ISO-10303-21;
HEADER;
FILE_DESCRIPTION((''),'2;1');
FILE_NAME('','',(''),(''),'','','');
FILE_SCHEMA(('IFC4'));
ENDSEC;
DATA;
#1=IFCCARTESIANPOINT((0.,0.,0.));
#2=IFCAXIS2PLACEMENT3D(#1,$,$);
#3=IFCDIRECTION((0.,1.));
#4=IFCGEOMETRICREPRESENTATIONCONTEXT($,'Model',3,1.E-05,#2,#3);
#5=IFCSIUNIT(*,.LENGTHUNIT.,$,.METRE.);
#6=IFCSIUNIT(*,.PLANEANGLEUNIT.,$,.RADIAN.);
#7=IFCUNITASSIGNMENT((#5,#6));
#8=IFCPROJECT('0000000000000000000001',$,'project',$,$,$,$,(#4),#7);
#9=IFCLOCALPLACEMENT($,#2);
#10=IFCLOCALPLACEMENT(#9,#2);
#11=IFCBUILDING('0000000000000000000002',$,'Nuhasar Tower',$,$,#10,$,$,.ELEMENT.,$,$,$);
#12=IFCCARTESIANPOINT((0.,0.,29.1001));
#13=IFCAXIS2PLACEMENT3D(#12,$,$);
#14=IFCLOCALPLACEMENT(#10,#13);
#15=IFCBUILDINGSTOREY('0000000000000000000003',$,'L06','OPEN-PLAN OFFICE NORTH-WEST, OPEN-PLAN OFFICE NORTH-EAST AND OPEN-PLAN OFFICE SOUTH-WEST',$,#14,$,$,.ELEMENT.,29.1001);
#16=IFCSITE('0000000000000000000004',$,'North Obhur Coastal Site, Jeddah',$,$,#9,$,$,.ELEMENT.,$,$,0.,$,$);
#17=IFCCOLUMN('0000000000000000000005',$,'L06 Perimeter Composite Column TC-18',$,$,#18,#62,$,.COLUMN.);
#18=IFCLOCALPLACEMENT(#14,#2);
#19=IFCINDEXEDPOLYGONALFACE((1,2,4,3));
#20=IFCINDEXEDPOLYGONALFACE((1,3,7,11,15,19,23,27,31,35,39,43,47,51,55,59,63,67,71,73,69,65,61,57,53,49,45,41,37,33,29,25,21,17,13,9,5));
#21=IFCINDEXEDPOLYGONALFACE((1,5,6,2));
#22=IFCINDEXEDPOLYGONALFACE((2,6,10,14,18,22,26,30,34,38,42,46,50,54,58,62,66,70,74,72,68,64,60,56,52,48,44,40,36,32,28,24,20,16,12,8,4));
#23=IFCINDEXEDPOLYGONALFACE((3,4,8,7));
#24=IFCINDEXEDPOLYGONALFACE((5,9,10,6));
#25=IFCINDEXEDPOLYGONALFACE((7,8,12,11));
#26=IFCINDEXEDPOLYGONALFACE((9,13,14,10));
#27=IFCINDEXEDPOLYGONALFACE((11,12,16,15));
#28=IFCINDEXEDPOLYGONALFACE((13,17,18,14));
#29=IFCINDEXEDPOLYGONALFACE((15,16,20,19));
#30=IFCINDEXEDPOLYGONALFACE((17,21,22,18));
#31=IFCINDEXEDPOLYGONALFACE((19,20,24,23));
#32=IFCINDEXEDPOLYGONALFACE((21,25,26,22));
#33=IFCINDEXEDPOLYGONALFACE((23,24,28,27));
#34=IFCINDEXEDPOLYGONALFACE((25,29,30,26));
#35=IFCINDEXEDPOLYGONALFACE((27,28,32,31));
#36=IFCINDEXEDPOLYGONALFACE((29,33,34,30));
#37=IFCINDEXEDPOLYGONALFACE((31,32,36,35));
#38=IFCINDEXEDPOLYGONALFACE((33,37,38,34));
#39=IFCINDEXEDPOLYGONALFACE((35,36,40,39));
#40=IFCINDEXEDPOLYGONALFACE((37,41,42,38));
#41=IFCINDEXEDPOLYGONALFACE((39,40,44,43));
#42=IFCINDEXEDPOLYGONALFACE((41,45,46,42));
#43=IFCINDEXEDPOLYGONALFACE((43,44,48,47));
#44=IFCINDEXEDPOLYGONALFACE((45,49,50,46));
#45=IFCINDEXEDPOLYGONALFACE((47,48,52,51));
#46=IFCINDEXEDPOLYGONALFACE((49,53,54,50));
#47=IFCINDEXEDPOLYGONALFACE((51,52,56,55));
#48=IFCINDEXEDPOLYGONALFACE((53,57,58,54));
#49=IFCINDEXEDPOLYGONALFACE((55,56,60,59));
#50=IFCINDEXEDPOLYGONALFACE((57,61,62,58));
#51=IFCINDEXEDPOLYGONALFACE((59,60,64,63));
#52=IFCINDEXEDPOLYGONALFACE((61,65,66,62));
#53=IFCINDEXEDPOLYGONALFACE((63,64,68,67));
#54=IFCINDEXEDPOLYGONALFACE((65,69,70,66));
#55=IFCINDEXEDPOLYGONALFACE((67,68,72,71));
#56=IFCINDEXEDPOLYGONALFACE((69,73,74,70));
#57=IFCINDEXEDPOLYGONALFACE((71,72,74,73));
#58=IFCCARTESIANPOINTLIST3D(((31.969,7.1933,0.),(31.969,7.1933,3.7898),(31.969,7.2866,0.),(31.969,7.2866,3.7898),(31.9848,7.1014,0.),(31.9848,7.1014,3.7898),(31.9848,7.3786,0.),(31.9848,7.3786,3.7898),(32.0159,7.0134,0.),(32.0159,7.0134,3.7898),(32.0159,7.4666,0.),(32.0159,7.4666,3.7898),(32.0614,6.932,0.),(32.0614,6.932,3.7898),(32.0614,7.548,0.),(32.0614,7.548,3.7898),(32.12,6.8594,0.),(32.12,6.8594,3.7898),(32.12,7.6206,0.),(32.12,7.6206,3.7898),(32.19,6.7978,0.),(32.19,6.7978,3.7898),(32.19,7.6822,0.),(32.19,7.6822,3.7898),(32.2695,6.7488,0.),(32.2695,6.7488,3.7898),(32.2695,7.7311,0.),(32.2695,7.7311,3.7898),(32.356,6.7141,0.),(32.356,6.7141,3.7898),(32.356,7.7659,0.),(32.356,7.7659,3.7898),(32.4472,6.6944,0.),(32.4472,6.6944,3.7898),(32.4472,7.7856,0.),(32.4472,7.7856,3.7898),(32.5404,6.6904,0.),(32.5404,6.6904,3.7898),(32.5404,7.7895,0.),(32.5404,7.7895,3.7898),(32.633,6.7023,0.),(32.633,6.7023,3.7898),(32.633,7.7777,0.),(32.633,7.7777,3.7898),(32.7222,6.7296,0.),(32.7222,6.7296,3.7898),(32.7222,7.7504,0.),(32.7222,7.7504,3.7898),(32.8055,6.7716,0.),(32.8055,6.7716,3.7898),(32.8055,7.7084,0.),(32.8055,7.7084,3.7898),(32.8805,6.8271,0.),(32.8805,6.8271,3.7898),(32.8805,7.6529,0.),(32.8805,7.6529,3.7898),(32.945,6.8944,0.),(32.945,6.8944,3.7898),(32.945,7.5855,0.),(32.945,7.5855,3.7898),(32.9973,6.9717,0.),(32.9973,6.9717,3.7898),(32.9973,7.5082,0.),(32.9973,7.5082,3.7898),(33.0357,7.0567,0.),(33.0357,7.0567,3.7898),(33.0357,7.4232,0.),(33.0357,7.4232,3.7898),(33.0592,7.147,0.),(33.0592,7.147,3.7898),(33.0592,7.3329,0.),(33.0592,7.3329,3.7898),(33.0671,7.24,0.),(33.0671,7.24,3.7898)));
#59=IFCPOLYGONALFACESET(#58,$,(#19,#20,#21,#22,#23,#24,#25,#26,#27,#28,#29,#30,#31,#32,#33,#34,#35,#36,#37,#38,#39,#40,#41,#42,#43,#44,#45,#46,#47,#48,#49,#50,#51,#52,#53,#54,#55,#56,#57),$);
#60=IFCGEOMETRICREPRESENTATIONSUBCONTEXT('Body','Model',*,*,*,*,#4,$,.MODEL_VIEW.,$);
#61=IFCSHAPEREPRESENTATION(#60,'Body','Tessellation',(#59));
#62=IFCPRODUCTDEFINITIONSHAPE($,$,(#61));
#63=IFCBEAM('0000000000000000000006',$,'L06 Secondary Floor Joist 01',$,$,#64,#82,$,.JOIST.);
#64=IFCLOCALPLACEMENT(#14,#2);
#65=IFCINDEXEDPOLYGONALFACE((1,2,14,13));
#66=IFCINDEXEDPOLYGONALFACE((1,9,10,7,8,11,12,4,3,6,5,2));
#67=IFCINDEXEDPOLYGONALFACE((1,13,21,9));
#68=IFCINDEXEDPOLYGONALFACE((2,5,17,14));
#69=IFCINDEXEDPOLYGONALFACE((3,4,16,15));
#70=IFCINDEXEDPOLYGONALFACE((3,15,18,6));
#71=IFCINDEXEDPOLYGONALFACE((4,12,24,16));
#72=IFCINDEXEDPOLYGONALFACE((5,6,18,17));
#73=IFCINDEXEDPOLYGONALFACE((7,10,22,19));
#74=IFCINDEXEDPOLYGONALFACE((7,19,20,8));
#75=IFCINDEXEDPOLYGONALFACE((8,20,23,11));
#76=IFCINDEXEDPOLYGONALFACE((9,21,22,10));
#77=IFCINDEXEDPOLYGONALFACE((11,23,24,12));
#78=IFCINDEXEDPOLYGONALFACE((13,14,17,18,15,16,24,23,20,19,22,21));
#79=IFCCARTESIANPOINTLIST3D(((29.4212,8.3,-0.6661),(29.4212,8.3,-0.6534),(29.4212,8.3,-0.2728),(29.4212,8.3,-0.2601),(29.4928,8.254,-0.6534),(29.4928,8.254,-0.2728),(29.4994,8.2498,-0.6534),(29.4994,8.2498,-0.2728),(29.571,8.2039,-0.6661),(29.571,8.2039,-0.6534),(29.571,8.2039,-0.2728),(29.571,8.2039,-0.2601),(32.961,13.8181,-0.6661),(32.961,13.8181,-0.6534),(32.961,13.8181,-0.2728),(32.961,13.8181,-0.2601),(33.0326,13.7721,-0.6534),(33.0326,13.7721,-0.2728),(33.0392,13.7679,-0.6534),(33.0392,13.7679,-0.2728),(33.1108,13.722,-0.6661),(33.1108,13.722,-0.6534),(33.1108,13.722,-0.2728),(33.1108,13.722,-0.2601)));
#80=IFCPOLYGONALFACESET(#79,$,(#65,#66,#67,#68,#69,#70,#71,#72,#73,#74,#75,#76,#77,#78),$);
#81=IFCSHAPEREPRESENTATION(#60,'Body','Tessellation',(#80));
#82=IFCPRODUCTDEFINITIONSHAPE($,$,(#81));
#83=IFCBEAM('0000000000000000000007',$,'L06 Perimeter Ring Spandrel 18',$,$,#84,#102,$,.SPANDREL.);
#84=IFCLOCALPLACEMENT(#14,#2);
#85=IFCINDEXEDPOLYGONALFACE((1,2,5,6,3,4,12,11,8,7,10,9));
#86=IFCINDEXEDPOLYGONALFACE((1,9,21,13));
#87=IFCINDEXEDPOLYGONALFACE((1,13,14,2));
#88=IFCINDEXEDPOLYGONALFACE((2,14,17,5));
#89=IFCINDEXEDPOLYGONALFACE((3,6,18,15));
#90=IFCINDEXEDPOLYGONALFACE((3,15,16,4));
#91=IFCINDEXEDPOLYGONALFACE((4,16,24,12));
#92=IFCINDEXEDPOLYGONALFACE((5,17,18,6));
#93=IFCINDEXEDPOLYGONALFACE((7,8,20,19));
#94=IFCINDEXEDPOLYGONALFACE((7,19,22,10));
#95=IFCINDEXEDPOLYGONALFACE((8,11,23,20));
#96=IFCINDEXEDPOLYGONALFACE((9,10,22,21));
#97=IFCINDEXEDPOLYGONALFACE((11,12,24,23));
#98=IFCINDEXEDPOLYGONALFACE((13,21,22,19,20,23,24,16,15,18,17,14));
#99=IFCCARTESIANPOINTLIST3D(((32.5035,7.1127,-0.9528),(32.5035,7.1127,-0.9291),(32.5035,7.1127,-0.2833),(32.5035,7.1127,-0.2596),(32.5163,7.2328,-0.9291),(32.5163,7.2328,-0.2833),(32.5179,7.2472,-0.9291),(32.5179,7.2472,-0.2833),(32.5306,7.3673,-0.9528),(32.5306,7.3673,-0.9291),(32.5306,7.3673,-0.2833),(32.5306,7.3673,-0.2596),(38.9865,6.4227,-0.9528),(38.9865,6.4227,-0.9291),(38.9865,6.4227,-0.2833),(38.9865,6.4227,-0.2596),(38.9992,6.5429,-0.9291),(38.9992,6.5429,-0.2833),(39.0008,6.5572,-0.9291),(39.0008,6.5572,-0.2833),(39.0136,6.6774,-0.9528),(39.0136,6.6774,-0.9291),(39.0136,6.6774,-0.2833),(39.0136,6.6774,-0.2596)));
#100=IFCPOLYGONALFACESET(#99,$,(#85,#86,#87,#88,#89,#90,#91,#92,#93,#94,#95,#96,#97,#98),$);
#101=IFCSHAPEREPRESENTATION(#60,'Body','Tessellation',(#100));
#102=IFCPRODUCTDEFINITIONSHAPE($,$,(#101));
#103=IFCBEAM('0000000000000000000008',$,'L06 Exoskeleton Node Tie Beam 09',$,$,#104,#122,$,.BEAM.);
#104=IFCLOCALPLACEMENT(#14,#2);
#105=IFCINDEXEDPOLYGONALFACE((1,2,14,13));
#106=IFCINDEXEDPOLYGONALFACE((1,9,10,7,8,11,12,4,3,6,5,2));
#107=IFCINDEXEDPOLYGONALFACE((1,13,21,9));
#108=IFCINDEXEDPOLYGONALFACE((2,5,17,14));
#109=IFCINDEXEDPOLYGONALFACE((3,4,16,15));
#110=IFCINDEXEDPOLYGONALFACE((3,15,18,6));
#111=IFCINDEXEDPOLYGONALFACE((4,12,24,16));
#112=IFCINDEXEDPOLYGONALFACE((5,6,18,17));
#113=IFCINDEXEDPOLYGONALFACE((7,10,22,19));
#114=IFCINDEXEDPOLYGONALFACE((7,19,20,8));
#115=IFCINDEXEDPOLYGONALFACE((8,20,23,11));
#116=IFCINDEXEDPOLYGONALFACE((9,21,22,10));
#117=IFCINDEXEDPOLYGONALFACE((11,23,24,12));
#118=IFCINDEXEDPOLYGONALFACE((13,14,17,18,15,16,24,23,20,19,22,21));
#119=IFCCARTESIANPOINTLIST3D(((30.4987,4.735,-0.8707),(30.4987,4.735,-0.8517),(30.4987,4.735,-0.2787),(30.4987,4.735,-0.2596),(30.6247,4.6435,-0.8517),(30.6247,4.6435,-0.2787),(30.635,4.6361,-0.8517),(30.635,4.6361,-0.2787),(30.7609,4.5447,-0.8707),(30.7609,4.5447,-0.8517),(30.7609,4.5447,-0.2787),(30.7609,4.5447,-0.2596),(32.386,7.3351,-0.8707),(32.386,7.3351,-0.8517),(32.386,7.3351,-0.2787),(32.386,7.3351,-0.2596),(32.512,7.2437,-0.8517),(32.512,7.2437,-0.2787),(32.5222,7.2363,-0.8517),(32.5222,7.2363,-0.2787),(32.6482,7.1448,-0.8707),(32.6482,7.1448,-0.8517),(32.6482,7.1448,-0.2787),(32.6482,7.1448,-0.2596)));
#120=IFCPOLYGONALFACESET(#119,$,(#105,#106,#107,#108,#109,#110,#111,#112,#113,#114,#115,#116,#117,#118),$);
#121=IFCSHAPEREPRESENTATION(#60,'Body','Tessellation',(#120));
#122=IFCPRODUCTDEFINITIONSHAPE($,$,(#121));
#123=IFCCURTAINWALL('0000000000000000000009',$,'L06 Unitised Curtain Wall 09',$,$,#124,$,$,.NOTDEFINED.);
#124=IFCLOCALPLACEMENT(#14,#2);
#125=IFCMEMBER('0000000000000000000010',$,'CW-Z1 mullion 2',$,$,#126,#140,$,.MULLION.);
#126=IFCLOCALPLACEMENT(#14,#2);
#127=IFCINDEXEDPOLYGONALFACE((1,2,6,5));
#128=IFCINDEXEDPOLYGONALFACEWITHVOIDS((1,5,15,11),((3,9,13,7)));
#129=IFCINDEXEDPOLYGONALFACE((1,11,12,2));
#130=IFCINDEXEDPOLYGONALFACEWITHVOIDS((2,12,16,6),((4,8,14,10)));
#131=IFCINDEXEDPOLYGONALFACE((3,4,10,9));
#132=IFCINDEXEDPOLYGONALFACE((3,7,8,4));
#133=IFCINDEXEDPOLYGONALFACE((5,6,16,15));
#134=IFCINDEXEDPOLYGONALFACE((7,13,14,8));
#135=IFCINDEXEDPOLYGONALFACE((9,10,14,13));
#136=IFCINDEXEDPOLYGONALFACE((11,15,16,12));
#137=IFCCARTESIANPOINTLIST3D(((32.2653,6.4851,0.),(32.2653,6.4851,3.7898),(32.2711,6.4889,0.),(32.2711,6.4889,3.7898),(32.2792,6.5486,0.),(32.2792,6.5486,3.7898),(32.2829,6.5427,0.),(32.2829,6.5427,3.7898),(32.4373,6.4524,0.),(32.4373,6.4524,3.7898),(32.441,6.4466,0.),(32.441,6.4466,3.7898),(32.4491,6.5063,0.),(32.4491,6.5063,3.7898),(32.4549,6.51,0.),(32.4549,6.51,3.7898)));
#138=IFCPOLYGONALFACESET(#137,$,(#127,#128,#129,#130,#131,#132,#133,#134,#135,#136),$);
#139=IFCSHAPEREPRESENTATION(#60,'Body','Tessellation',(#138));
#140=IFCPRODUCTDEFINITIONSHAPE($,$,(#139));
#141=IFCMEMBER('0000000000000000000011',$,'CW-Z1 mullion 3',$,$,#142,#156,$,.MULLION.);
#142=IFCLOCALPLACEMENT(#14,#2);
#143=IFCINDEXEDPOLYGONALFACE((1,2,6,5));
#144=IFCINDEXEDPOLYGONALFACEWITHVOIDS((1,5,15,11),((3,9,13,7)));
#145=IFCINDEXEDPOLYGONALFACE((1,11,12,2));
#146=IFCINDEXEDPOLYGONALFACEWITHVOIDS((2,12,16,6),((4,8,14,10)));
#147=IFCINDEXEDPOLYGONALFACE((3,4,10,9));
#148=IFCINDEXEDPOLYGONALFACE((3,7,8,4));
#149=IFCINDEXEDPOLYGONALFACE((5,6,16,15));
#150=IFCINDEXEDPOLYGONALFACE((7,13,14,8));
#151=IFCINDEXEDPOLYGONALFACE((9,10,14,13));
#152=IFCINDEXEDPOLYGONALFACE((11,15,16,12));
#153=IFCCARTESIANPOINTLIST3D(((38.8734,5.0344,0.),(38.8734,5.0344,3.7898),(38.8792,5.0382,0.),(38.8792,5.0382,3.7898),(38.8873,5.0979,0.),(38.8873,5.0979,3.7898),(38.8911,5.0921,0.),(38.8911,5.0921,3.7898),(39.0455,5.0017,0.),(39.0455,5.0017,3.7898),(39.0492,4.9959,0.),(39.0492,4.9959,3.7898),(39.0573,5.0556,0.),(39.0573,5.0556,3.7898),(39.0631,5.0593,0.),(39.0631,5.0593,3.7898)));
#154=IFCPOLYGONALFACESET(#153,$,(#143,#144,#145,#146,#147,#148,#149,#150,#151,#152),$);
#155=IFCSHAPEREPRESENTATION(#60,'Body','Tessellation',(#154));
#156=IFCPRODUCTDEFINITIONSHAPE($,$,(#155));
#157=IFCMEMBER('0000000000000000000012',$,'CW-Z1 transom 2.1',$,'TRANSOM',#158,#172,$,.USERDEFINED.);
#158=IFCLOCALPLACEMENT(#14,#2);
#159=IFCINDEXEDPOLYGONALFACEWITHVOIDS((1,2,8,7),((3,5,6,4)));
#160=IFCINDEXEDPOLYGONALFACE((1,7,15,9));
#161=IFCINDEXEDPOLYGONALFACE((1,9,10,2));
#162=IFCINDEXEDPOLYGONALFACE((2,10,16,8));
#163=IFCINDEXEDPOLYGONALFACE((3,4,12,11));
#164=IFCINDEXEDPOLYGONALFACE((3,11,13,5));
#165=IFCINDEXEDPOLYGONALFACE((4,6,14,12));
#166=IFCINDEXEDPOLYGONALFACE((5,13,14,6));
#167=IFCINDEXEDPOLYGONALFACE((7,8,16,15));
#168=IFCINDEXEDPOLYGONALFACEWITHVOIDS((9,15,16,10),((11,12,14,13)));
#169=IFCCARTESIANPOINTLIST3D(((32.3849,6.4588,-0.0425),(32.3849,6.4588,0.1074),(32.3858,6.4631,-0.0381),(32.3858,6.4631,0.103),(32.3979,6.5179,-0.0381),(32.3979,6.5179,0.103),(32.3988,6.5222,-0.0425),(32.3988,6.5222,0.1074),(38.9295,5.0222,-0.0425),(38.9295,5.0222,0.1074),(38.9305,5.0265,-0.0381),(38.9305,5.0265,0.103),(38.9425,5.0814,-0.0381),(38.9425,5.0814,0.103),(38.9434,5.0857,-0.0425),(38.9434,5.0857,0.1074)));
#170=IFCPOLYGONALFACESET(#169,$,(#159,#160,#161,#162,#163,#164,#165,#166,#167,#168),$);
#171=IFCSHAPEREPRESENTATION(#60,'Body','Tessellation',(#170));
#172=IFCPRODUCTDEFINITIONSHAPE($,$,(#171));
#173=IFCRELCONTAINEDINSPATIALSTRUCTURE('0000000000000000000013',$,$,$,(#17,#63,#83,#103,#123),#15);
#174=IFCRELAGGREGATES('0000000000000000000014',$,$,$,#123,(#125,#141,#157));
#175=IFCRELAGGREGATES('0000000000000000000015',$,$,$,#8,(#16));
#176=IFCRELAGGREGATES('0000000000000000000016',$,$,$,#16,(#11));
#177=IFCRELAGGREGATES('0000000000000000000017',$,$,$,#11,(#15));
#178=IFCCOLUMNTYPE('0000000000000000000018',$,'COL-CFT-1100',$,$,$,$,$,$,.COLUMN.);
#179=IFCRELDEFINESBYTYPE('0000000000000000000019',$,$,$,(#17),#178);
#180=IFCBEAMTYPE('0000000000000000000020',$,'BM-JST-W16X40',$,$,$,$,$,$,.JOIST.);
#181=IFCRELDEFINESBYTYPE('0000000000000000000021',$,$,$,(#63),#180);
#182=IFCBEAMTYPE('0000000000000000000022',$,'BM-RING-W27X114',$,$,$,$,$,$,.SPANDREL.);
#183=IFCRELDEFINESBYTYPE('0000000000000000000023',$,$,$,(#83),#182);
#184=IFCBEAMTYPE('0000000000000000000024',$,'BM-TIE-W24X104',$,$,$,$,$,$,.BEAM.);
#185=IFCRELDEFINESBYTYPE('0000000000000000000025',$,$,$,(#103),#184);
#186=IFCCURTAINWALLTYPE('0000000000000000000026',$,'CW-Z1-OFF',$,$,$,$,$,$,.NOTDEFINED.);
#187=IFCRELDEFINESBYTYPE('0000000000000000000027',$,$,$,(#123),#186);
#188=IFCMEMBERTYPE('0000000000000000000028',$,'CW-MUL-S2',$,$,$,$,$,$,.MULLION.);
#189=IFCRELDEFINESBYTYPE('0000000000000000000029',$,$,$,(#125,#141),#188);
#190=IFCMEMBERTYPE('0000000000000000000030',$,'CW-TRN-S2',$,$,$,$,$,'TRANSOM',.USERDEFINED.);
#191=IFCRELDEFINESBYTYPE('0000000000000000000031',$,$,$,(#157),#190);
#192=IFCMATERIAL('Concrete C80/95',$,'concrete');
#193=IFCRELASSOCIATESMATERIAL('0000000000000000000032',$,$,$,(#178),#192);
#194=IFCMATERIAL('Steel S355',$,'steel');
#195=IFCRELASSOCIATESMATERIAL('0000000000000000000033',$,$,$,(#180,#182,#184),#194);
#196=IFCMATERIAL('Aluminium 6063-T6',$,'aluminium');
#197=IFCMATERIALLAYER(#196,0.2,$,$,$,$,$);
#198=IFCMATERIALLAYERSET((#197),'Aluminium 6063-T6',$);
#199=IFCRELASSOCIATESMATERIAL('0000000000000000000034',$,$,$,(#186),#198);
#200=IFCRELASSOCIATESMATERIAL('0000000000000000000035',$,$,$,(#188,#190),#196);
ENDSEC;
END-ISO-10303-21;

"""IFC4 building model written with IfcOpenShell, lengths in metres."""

from ifc_helpers import new_model, si_unit, direction, frame, origin, origin_2d, place, context, subcontext, project, spatial, hollow_rectangle, circle, i_section, extrude, material, layer, layer_set, material_profile, profile_set, type_object, element, aggregate, save


model = new_model("IFC4")

# Units and contexts
model_context = context("Model", 3, precision=1e-05, world=origin(), true_north=direction((0.0, 1.0)))
body_context = subcontext(model_context, "Body", "Model", "MODEL_VIEW")
ifc_project = project(units=[si_unit("LENGTHUNIT", "METRE"), si_unit("PLANEANGLEUNIT", "RADIAN")], contexts=[model_context])

# Site, building, storey
site_placement = place(None, origin())
site = spatial("IfcSite", under=ifc_project, at=site_placement, Name="North Obhur Coastal Site, Jeddah", CompositionType="ELEMENT", RefElevation=0.0)
building_placement = place(site_placement, origin())
building = spatial("IfcBuilding", under=site, at=building_placement, Name="Nuhasar Tower", CompositionType="ELEMENT")
storey_placement = place(building_placement, frame((0.0, 0.0, 29.1001)))
storey = spatial("IfcBuildingStorey", under=building, at=storey_placement, Name="L06", Description="OPEN-PLAN OFFICE NORTH-WEST, OPEN-PLAN OFFICE NORTH-EAST AND OPEN-PLAN OFFICE SOUTH-WEST", CompositionType="ELEMENT", Elevation=29.1001)

# Column
ifc_material_1 = material(Name="Concrete C80/95", Category="concrete")
ifc_material_profile_1 = material_profile(ifc_material_1, circle(Radius=0.55, at=origin_2d()), Name="CFT1100")
ifc_profile_set_1 = profile_set([ifc_material_profile_1], Name="Concrete C80/95")
column_type = type_object("IfcColumnType", Name="COL-CFT-1100", PredefinedType="COLUMN", material=ifc_profile_set_1)
column_placement = place(storey_placement, frame((32.5171, 7.24, 0.0), z_axis=(0.0, 0.0, 1.0), x_axis=(1.0, 0.0, 0.0)))
element("IfcColumn", 1, at=column_placement, inside=storey, type_object=column_type, Name="L06 Perimeter Composite Column TC-18", PredefinedType="COLUMN", context=body_context, shape_type="SweptSolid", body=[
    extrude(circle(Radius=0.55, at=origin_2d()), origin(), (0.0, 0.0, 1.0), 3.7898),
])

# Beams
ifc_material_2 = material(Name="Steel S355", Category="steel")
ifc_material_profile_2 = material_profile(ifc_material_2, i_section(OverallWidth=0.178, OverallDepth=0.406, WebThickness=0.0078, FlangeThickness=0.0127, at=origin_2d()), Name="W16X40")
ifc_profile_set_2 = profile_set([ifc_material_profile_2], Name="Steel S355")
beam_type_1 = type_object("IfcBeamType", Name="BM-JST-W16X40", PredefinedType="JOIST", material=ifc_profile_set_2)
beam_1_placement = place(storey_placement, frame((33.0359, 13.77, -0.4631), z_axis=(-0.539944, -0.841701, 0.0), x_axis=(0.841701, -0.539944, 0.0)))
element("IfcBeam", 2, at=beam_1_placement, inside=storey, type_object=beam_type_1, Name="L06 Secondary Floor Joist 01", PredefinedType="JOIST", context=body_context, shape_type="SweptSolid", body=[
    extrude(i_section(OverallWidth=0.178, OverallDepth=0.406, WebThickness=0.0078, FlangeThickness=0.0127, at=origin_2d()), origin(), (0.0, 0.0, 1.0), 6.5559),
])
ifc_material_profile_3 = material_profile(ifc_material_2, i_section(OverallWidth=0.2561, OverallDepth=0.6931, WebThickness=0.0144, FlangeThickness=0.0237, at=origin_2d()), Name="W27X114")
ifc_profile_set_3 = profile_set([ifc_material_profile_3], Name="Steel S355")
beam_type_2 = type_object("IfcBeamType", Name="BM-RING-W27X114", PredefinedType="SPANDREL", material=ifc_profile_set_3)
beam_2_placement = place(storey_placement, frame((32.5171, 7.24, -0.6062), z_axis=(0.994385, -0.105827, 0.0), x_axis=(0.105827, 0.994385, 0.0)))
element("IfcBeam", 3, at=beam_2_placement, inside=storey, type_object=beam_type_2, Name="L06 Perimeter Ring Spandrel 18", PredefinedType="SPANDREL", context=body_context, shape_type="SweptSolid", body=[
    extrude(i_section(OverallWidth=0.2561, OverallDepth=0.6931, WebThickness=0.0144, FlangeThickness=0.0237, at=origin_2d()), origin(), (0.0, 0.0, 1.0), 6.5195),
])
ifc_material_profile_4 = material_profile(ifc_material_2, i_section(OverallWidth=0.324, OverallDepth=0.6111, WebThickness=0.0127, FlangeThickness=0.019, at=origin_2d()), Name="W24X104")
ifc_profile_set_4 = profile_set([ifc_material_profile_4], Name="Steel S355")
beam_type_3 = type_object("IfcBeamType", Name="BM-TIE-W24X104", PredefinedType="BEAM", material=ifc_profile_set_4)
beam_3_placement = place(storey_placement, frame((32.5171, 7.24, -0.5652), z_axis=(-0.587403, -0.809294, 0.0), x_axis=(0.809294, -0.587403, 0.0)))
element("IfcBeam", 4, at=beam_3_placement, inside=storey, type_object=beam_type_3, Name="L06 Exoskeleton Node Tie Beam 09", PredefinedType="BEAM", context=body_context, shape_type="SweptSolid", body=[
    extrude(i_section(OverallWidth=0.324, OverallDepth=0.6111, WebThickness=0.0127, FlangeThickness=0.019, at=origin_2d()), origin(), (0.0, 0.0, 1.0), 3.2129),
])

# Curtain wall, members
ifc_material_3 = material(Name="Aluminium 6063-T6", Category="aluminium")
ifc_layer_1 = layer(ifc_material_3, 0.2)
ifc_layer_set_1 = layer_set([ifc_layer_1], Name="Aluminium 6063-T6")
curtain_wall_type = type_object("IfcCurtainWallType", Name="CW-Z1-OFF", PredefinedType="NOTDEFINED", material=ifc_layer_set_1)
curtain_wall_placement = place(storey_placement, origin())
curtain_wall = element("IfcCurtainWall", 5, at=curtain_wall_placement, inside=storey, type_object=curtain_wall_type, Name="L06 Unitised Curtain Wall 09", PredefinedType="NOTDEFINED")
ifc_material_profile_5 = material_profile(ifc_material_3, hollow_rectangle(XDim=0.0649, YDim=0.1799, WallThickness=0.0049, at=origin_2d()), Name="CWM-2")
ifc_profile_set_5 = profile_set([ifc_material_profile_5], Name="Aluminium 6063-T6")
member_type_1 = type_object("IfcMemberType", Name="CW-MUL-S2", PredefinedType="MULLION", material=ifc_profile_set_5)
member_1_placement = place(storey_placement, frame((32.3601, 6.4976, 0.0), z_axis=(0.0, 0.0, 1.0), x_axis=(0.214399, 0.976746, 0.0)))
member_1 = element("IfcMember", 6, at=member_1_placement, type_object=member_type_1, Name="CW-Z1 mullion 2", PredefinedType="MULLION", context=body_context, shape_type="SweptSolid", body=[
    extrude(hollow_rectangle(XDim=0.0649, YDim=0.1799, WallThickness=0.0049, at=origin_2d()), origin(), (0.0, 0.0, 1.0), 3.7898),
])
member_2_placement = place(storey_placement, frame((38.9683, 5.0469, 0.0), z_axis=(0.0, 0.0, 1.0), x_axis=(0.214399, 0.976746, 0.0)))
member_2 = element("IfcMember", 7, at=member_2_placement, type_object=member_type_1, Name="CW-Z1 mullion 3", PredefinedType="MULLION", context=body_context, shape_type="SweptSolid", body=[
    extrude(hollow_rectangle(XDim=0.0649, YDim=0.1799, WallThickness=0.0049, at=origin_2d()), origin(), (0.0, 0.0, 1.0), 3.7898),
])
ifc_material_profile_6 = material_profile(ifc_material_3, hollow_rectangle(XDim=0.0649, YDim=0.1499, WallThickness=0.0044, at=origin_2d()), Name="CWT-2")
ifc_profile_set_6 = profile_set([ifc_material_profile_6], Name="Aluminium 6063-T6")
member_type_2 = type_object("IfcMemberType", Name="CW-TRN-S2", ElementType="TRANSOM", PredefinedType="USERDEFINED", material=ifc_profile_set_6)
member_3_placement = place(storey_placement, frame((32.3918, 6.4905, 0.0325), z_axis=(0.976748, -0.214391, 0.0), x_axis=(0.214391, 0.976748, 0.0)))
member_3 = element("IfcMember", 8, at=member_3_placement, type_object=member_type_2, Name="CW-Z1 transom 2.1", ObjectType="TRANSOM", PredefinedType="USERDEFINED", context=body_context, shape_type="SweptSolid", body=[
    extrude(hollow_rectangle(XDim=0.0649, YDim=0.1499, WallThickness=0.0044, at=origin_2d()), origin(), (0.0, 0.0, 1.0), 6.7004),
])

aggregate(curtain_wall, [member_1, member_2, member_3])

save(model, "model.ifc")
